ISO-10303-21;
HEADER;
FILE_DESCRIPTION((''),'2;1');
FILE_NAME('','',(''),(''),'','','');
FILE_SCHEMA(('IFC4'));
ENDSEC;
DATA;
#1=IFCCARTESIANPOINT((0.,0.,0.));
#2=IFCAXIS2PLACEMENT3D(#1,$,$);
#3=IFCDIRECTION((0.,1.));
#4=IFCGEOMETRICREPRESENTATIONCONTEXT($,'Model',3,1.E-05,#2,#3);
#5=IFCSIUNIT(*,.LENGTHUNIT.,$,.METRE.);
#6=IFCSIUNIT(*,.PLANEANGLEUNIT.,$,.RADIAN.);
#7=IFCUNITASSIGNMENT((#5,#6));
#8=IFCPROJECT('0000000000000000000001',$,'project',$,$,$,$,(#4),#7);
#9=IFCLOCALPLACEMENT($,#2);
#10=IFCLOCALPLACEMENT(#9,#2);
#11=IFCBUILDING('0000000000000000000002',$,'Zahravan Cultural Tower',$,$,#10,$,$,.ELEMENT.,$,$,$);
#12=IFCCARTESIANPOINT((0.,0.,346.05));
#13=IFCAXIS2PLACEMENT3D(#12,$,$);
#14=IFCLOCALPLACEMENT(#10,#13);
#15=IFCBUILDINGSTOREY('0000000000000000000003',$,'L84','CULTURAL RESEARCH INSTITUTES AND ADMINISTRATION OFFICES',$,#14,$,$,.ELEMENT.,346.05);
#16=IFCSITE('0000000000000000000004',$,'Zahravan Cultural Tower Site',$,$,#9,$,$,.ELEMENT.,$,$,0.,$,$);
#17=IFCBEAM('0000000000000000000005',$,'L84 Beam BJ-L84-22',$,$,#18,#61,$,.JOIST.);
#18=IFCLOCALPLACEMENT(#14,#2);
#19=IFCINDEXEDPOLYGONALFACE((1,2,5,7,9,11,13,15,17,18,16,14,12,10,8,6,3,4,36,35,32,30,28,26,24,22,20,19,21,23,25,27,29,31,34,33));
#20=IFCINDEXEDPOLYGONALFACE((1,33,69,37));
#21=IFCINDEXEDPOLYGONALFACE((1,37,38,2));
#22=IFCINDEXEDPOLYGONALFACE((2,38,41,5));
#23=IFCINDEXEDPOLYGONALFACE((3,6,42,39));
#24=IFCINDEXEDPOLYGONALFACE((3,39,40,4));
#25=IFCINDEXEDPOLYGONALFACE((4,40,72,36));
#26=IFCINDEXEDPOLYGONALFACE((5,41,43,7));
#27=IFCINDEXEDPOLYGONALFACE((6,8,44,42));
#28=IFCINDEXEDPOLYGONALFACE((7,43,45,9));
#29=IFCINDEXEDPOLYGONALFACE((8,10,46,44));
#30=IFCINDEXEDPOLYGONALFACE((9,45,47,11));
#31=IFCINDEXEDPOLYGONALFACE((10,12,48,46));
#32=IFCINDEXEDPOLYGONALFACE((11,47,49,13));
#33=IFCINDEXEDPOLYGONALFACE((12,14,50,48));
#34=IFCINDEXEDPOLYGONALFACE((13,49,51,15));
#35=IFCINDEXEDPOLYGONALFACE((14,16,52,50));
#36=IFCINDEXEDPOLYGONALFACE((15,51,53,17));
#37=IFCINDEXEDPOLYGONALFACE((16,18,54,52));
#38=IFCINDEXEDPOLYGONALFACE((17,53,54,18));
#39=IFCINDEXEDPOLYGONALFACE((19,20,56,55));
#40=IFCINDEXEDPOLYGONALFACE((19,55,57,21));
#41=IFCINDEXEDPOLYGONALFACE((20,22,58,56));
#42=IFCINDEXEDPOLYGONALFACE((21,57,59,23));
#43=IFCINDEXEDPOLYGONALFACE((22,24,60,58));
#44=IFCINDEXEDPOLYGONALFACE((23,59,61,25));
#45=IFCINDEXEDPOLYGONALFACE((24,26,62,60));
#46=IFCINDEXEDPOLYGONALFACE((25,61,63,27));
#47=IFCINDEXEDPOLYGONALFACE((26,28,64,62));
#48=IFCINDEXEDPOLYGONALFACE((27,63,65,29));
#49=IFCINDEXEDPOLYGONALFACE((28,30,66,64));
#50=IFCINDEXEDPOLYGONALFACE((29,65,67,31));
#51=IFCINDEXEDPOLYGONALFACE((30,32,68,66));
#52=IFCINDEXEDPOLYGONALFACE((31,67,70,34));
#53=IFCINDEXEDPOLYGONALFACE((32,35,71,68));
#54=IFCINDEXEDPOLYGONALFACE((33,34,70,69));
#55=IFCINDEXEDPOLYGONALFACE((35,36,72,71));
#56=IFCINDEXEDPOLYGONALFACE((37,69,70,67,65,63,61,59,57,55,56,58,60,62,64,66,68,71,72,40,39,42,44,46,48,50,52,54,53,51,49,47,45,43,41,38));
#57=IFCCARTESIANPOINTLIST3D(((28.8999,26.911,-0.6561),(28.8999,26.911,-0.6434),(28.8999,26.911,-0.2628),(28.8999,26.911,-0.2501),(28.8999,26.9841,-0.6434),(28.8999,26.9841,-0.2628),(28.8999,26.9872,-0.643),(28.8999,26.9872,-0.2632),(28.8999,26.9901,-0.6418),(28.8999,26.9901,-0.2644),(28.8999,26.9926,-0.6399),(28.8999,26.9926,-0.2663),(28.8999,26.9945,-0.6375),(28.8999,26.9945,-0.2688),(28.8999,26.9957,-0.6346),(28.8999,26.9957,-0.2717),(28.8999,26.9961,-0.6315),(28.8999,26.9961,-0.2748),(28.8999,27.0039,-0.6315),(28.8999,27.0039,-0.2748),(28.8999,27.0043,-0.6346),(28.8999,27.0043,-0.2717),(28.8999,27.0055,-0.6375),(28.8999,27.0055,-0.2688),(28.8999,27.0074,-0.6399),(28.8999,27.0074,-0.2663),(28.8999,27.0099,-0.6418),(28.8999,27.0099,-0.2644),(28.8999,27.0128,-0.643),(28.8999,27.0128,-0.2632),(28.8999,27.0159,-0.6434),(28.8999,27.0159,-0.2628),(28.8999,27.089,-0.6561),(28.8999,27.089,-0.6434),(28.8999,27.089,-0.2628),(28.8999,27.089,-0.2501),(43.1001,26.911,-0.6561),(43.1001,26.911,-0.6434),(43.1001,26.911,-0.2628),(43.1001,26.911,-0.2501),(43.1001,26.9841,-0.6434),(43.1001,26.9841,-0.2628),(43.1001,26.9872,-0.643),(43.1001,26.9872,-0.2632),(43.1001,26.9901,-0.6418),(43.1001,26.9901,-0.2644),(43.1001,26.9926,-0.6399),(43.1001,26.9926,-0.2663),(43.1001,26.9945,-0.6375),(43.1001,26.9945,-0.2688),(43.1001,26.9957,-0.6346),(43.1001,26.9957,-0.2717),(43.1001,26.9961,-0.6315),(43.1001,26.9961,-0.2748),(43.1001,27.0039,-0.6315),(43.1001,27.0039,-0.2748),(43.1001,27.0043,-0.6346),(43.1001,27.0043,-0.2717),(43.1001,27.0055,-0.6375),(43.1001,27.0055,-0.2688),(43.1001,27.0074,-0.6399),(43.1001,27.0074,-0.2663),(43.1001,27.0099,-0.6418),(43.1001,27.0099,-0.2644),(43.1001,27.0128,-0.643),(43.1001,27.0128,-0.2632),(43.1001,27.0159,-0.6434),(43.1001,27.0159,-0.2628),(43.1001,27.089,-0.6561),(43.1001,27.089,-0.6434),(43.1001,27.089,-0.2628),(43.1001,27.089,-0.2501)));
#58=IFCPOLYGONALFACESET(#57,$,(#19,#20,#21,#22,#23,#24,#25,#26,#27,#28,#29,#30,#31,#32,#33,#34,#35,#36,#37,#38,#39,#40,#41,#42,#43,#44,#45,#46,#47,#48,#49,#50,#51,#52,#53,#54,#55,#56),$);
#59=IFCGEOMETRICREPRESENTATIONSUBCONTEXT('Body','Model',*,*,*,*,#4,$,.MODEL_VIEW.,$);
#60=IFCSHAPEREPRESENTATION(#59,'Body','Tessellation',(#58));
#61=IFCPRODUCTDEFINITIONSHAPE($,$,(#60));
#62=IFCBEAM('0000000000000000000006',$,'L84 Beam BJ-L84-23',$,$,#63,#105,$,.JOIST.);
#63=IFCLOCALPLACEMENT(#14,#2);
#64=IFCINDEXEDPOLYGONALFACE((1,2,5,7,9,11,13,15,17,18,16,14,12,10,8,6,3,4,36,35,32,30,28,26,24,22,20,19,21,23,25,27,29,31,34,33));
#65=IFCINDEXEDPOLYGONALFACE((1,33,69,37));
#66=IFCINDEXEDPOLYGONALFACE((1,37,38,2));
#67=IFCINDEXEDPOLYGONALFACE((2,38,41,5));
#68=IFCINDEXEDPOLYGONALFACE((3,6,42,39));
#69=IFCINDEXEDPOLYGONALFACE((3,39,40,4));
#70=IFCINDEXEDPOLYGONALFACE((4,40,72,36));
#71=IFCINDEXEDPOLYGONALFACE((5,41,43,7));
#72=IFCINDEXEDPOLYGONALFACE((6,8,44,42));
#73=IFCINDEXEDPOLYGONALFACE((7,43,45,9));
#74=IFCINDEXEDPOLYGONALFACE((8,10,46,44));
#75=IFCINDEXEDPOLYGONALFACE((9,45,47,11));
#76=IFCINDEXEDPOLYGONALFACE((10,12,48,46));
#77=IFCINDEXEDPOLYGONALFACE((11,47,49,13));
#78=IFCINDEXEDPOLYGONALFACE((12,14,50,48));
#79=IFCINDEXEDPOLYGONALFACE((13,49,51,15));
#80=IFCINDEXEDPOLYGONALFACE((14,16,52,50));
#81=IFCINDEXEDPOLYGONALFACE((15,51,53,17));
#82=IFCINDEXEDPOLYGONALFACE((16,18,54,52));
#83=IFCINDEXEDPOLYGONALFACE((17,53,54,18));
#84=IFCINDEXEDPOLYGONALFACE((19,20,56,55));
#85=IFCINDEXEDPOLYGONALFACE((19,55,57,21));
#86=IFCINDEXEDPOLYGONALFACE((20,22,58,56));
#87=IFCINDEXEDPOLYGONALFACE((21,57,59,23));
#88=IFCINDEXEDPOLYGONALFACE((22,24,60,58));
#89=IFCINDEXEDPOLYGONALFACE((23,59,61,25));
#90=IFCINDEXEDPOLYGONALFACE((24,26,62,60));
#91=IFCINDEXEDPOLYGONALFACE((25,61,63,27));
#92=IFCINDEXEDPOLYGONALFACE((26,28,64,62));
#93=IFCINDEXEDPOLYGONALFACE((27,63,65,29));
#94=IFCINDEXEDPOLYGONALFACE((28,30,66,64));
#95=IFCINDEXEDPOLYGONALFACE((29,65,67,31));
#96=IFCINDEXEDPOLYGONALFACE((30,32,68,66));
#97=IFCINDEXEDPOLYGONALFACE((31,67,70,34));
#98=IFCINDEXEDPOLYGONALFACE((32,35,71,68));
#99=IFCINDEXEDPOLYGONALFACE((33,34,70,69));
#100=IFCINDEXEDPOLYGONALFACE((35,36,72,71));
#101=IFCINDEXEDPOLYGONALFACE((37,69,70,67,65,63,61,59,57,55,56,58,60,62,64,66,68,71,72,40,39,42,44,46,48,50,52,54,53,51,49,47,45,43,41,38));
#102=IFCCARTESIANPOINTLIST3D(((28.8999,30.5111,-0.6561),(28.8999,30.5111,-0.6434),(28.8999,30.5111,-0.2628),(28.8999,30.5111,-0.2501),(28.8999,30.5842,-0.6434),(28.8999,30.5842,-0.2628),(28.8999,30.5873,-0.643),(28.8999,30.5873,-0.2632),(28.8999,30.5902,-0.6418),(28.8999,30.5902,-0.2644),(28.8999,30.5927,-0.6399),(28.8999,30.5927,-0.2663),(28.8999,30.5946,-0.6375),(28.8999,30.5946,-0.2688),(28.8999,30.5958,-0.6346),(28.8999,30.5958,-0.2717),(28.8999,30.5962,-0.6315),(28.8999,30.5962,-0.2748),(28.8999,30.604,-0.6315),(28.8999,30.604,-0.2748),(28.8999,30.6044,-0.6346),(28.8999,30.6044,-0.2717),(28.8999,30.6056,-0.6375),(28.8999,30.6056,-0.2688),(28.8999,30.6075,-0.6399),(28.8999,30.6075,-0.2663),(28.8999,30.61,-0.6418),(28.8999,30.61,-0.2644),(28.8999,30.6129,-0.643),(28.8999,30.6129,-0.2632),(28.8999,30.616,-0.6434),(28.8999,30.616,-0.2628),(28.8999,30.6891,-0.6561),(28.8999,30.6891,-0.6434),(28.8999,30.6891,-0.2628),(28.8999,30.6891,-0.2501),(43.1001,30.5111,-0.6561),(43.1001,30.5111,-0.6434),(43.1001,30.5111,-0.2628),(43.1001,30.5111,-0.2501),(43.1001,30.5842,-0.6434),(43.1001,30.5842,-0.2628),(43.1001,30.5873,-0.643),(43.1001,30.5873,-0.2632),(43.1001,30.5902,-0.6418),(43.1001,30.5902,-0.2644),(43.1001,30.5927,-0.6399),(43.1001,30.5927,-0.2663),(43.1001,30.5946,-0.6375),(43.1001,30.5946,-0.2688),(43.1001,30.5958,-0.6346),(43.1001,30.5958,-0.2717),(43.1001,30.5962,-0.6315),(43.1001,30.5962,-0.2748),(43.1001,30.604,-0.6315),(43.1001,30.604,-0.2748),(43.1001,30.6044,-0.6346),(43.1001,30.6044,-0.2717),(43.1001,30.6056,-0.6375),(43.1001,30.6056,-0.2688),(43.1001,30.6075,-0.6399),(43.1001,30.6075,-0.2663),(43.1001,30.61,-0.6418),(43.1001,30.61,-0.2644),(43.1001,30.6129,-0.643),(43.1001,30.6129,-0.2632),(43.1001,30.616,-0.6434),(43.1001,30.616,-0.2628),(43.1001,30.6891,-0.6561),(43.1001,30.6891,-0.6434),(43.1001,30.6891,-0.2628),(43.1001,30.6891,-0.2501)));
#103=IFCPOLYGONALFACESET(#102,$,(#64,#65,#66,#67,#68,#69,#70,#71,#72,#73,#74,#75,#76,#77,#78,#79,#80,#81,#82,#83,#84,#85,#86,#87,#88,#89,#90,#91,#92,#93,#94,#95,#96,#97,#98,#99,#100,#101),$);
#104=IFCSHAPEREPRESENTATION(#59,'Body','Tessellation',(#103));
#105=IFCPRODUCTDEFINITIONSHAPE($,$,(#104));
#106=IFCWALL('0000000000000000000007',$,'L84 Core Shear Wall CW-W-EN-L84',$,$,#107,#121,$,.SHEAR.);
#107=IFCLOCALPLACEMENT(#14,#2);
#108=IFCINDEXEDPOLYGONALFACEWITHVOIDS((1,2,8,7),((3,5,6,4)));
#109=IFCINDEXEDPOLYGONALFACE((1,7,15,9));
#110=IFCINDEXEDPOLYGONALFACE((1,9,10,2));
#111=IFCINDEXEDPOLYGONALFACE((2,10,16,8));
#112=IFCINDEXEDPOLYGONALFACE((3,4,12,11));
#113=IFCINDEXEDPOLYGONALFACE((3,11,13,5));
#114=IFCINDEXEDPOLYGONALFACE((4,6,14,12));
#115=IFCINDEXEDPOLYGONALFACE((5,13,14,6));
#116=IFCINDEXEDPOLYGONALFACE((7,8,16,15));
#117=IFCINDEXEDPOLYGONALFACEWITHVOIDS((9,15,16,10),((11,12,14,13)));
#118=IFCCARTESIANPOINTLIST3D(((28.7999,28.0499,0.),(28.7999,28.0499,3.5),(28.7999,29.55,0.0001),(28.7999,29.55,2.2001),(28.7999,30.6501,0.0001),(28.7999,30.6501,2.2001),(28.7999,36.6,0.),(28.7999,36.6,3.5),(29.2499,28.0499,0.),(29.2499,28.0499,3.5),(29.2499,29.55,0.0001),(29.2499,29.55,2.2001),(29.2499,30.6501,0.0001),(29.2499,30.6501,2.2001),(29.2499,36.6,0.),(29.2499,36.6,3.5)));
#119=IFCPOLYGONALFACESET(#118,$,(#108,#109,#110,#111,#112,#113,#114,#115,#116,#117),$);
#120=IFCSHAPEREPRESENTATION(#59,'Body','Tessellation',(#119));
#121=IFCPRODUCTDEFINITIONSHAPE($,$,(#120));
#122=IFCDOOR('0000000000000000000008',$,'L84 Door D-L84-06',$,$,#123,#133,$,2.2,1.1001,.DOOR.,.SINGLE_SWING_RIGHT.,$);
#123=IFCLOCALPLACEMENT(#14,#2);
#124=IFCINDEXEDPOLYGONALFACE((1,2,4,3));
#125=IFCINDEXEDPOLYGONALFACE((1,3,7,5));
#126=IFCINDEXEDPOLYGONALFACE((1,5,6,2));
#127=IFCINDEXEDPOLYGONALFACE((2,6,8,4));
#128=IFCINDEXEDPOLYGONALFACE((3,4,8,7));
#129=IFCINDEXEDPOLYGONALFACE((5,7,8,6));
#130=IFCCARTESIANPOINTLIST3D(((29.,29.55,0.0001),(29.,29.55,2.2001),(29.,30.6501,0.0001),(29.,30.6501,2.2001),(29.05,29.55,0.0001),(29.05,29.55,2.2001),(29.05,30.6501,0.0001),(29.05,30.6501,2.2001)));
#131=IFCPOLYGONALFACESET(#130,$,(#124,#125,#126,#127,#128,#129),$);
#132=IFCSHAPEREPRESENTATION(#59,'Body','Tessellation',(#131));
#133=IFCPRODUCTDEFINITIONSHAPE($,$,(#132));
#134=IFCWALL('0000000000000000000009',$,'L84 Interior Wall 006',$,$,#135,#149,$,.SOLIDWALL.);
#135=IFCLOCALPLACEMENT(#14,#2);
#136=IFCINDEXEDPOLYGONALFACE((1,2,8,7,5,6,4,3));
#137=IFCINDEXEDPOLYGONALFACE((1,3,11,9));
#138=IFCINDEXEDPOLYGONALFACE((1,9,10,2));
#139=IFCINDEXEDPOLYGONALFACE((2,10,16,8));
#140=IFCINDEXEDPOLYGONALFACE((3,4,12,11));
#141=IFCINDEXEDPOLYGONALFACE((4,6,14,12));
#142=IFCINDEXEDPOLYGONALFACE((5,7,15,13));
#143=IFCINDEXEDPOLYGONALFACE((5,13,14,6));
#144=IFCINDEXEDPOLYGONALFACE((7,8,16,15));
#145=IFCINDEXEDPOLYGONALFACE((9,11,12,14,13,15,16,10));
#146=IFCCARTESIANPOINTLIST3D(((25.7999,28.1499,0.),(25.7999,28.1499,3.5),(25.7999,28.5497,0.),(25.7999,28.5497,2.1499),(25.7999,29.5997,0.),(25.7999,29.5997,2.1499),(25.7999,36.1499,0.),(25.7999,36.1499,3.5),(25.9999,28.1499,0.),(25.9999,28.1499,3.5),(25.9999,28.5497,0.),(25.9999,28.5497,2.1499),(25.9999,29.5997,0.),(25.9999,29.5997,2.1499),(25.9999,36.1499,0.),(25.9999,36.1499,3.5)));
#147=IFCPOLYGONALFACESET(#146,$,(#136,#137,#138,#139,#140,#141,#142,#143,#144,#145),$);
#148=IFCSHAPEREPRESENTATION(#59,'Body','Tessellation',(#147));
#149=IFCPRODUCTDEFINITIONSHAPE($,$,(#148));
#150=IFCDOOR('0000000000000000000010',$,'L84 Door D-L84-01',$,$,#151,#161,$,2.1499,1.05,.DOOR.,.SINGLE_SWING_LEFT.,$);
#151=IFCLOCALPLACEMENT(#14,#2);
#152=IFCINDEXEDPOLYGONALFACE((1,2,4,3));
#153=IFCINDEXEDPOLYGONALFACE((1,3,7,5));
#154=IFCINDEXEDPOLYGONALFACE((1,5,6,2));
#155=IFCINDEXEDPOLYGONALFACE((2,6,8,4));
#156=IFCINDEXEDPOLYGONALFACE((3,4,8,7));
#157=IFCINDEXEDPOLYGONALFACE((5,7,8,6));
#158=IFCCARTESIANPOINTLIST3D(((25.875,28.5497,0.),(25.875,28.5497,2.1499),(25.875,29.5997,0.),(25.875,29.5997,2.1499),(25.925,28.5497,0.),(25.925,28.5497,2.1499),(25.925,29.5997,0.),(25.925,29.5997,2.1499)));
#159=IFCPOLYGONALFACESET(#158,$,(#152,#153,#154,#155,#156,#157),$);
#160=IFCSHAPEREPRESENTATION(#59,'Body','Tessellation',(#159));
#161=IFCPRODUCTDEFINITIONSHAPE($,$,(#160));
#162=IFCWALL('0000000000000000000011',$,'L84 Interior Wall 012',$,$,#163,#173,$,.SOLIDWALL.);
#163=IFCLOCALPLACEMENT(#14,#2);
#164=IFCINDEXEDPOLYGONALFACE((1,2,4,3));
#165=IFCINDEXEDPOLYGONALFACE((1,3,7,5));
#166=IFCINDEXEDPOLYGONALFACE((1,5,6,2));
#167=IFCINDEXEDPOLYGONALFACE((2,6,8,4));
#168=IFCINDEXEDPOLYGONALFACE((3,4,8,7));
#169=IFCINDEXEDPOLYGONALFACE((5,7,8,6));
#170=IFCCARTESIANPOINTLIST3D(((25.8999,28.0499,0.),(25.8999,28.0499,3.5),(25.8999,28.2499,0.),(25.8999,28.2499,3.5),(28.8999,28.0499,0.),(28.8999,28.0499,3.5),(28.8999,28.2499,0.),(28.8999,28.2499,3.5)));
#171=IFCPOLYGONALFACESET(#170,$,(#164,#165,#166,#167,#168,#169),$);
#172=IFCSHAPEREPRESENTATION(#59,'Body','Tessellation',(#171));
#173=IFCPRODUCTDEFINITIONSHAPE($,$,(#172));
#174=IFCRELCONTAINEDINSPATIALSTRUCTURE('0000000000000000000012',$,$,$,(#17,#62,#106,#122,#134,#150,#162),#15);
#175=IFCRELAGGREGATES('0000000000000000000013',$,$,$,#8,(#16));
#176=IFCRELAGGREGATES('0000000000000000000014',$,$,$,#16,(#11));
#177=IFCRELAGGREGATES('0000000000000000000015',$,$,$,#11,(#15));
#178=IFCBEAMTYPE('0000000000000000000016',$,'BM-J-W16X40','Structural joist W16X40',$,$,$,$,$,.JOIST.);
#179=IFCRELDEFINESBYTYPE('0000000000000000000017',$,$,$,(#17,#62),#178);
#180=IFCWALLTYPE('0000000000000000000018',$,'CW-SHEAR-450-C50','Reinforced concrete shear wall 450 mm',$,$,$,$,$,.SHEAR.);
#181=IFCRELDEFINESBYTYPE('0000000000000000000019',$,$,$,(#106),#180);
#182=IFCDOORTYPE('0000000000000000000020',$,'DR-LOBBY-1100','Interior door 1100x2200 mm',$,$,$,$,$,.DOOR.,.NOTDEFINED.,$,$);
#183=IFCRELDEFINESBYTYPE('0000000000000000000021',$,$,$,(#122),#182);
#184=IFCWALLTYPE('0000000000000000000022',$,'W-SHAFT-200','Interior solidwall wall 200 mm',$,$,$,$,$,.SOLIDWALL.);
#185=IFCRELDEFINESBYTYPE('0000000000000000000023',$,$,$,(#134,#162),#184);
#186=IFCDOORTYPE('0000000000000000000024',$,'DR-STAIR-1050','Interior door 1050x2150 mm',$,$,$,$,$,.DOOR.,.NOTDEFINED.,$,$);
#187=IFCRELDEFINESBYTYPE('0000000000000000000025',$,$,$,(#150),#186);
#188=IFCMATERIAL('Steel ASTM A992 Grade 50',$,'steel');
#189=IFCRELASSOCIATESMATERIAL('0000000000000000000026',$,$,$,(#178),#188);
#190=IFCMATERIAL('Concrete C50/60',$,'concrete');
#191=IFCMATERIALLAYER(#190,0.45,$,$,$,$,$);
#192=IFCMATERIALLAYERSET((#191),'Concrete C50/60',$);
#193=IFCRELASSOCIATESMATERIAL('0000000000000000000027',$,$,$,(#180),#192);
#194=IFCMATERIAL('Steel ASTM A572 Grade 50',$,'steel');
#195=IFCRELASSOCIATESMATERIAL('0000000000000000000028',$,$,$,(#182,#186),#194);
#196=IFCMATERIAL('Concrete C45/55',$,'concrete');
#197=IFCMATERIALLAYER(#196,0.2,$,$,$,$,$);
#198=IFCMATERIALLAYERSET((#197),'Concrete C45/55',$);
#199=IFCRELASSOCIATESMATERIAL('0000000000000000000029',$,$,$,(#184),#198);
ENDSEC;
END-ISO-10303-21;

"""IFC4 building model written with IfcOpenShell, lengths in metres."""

from ifc_helpers import new_model, si_unit, direction, frame, frame_2d, origin, origin_2d, place, context, subcontext, project, spatial, rectangle, i_section, extrude, source, transform, mapped, material, layer, layer_set, material_profile, profile_set, type_object, element, fill, save


model = new_model("IFC4")

# Units and contexts
model_context = context("Model", 3, precision=1e-05, world=origin(), true_north=direction((0.0, 1.0)))
body_context = subcontext(model_context, "Body", "Model", "MODEL_VIEW")
ifc_project = project(units=[si_unit("LENGTHUNIT", "METRE"), si_unit("PLANEANGLEUNIT", "RADIAN")], contexts=[model_context])

# Site, building, storey
site_placement = place(None, origin())
site = spatial("IfcSite", under=ifc_project, at=site_placement, Name="Zahravan Cultural Tower Site", CompositionType="ELEMENT", RefElevation=0.0)
building_placement = place(site_placement, origin())
building = spatial("IfcBuilding", under=site, at=building_placement, Name="Zahravan Cultural Tower", CompositionType="ELEMENT")
storey_placement = place(building_placement, frame((0.0, 0.0, 346.05)))
storey = spatial("IfcBuildingStorey", under=building, at=storey_placement, Name="L84", Description="CULTURAL RESEARCH INSTITUTES AND ADMINISTRATION OFFICES", CompositionType="ELEMENT", Elevation=346.05)

# Beams
ifc_material_1 = material(Name="Steel ASTM A992 Grade 50", Category="steel")
ifc_material_profile = material_profile(ifc_material_1, i_section(OverallWidth=0.178, OverallDepth=0.406, WebThickness=0.0078, FlangeThickness=0.0127, FilletRadius=0.012, at=origin_2d()), Name="W16X40")
ifc_profile_set = profile_set([ifc_material_profile], Name="Steel ASTM A992 Grade 50")
beam_type = type_object("IfcBeamType", Name="BM-J-W16X40", Description="Structural joist W16X40", PredefinedType="JOIST", material=ifc_profile_set)
shared_shape_1 = source(origin(), body_context, "Body", "SweptSolid", [
    extrude(i_section(OverallWidth=0.178, OverallDepth=0.406, WebThickness=0.0078, FlangeThickness=0.0127, FilletRadius=0.012, at=origin_2d()), origin(), (0.0, 0.0, 1.0), 14.2002),
])
for number, where, z_axis, x_axis, name in (
    (1, (28.8999, 27.0, -0.4531), (1.0, 0.0, 0.0), (0.0, 1.0, 0.0), "L84 Beam BJ-L84-22"),
    (2, (28.8999, 30.6001, -0.4531), (1.0, 0.0, 0.0), (0.0, 1.0, 0.0), "L84 Beam BJ-L84-23"),
):
    element("IfcBeam", number, at=place(storey_placement, frame(where, z_axis=z_axis, x_axis=x_axis)), inside=storey, type_object=beam_type, Name=name, PredefinedType="JOIST", context=body_context, shape_type="MappedRepresentation", body=[
        mapped(shared_shape_1, transform((0.0, 0.0, 0.0), x_axis=(1.0, 0.0, 0.0), y_axis=(0.0, 1.0, 0.0), z_axis=(0.0, 0.0, 1.0), scale=1.0)),
    ])

# Walls, openings, doors
ifc_material_2 = material(Name="Concrete C50/60", Category="concrete")
ifc_layer_1 = layer(ifc_material_2, 0.45)
ifc_layer_set_1 = layer_set([ifc_layer_1], Name="Concrete C50/60")
wall_type_1 = type_object("IfcWallType", Name="CW-SHEAR-450-C50", Description="Reinforced concrete shear wall 450 mm", PredefinedType="SHEAR", material=ifc_layer_set_1)
wall_1_placement = place(storey_placement, frame((29.0249, 28.05, 0.0), z_axis=(0.0, 0.0, 1.0), x_axis=(0.0, 1.0, 0.0)))
wall_1 = element("IfcWall", 3, at=wall_1_placement, inside=storey, type_object=wall_type_1, Name="L84 Core Shear Wall CW-W-EN-L84", PredefinedType="SHEAR", context=body_context, shape_type="SweptSolid", body=[
    extrude(rectangle(XDim=8.55, YDim=0.45, at=frame_2d((4.2749, 0.0))), origin(), (0.0, 0.0, 1.0), 3.5),
])
opening_1_placement = place(wall_1_placement, frame((1.5, 0.0, 0.0)))
opening_1 = element("IfcOpeningElement", 4, at=opening_1_placement, cuts=wall_1, PredefinedType="OPENING", context=body_context, shape_type="SweptSolid", body=[
    extrude(rectangle(XDim=1.1001, YDim=2.2, at=frame_2d((0.55, 1.1001))), frame((0.0, 0.2349, 0.0), z_axis=(0.0, -1.0, 0.0), x_axis=(1.0, 0.0, 0.0)), (0.0, 0.0, 1.0), 0.47),
])
ifc_material_3 = material(Name="Steel ASTM A572 Grade 50", Category="steel")
door_type_1 = type_object("IfcDoorType", Name="DR-LOBBY-1100", Description="Interior door 1100x2200 mm", OperationType="NOTDEFINED", PredefinedType="DOOR", material=ifc_material_3)
shared_shape_2 = source(origin(), body_context, "Body", "SweptSolid", [
    extrude(rectangle(XDim=1.1001, YDim=2.2, at=frame_2d((0.55, 1.1001))), frame((0.0, 0.0249, 0.0), z_axis=(0.0, -1.0, 0.0), x_axis=(1.0, 0.0, 0.0)), (0.0, 0.0, 1.0), 0.05),
])
door_1_placement = place(opening_1_placement, origin())
door_1 = element("IfcDoor", 5, at=door_1_placement, inside=storey, type_object=door_type_1, Name="L84 Door D-L84-06", OperationType="SINGLE_SWING_RIGHT", OverallHeight=2.2, OverallWidth=1.1001, PredefinedType="DOOR", context=body_context, shape_type="MappedRepresentation", body=[
    mapped(shared_shape_2, transform((0.0, 0.0, 0.0), x_axis=(1.0, 0.0, 0.0), y_axis=(0.0, 1.0, 0.0), z_axis=(0.0, 0.0, 1.0), scale=1.0)),
])
fill(opening_1, door_1)
ifc_material_4 = material(Name="Concrete C45/55", Category="concrete")
ifc_layer_2 = layer(ifc_material_4, 0.2)
ifc_layer_set_2 = layer_set([ifc_layer_2], Name="Concrete C45/55")
wall_type_2 = type_object("IfcWallType", Name="W-SHAFT-200", Description="Interior solidwall wall 200 mm", PredefinedType="SOLIDWALL", material=ifc_layer_set_2)
wall_2_placement = place(storey_placement, frame((25.8999, 28.1499, 0.0), z_axis=(0.0, 0.0, 1.0), x_axis=(0.0, 1.0, 0.0)))
wall_2 = element("IfcWall", 6, at=wall_2_placement, inside=storey, type_object=wall_type_2, Name="L84 Interior Wall 006", PredefinedType="SOLIDWALL", context=body_context, shape_type="SweptSolid", body=[
    extrude(rectangle(XDim=8.0, YDim=0.2, at=frame_2d((4.0, 0.0))), origin(), (0.0, 0.0, 1.0), 3.5),
])
opening_2_placement = place(wall_2_placement, frame((0.3999, 0.0, 0.0)))
opening_2 = element("IfcOpeningElement", 7, at=opening_2_placement, cuts=wall_2, PredefinedType="OPENING", context=body_context, shape_type="SweptSolid", body=[
    extrude(rectangle(XDim=1.05, YDim=2.1499, at=frame_2d((0.5249, 1.075))), frame((0.0, 0.1099, 0.0), z_axis=(0.0, -1.0, 0.0), x_axis=(1.0, 0.0, 0.0)), (0.0, 0.0, 1.0), 0.22),
])
door_type_2 = type_object("IfcDoorType", Name="DR-STAIR-1050", Description="Interior door 1050x2150 mm", OperationType="NOTDEFINED", PredefinedType="DOOR", material=ifc_material_3)
shared_shape_3 = source(origin(), body_context, "Body", "SweptSolid", [
    extrude(rectangle(XDim=1.05, YDim=2.1499, at=frame_2d((0.5249, 1.075))), frame((0.0, 0.0249, 0.0), z_axis=(0.0, -1.0, 0.0), x_axis=(1.0, 0.0, 0.0)), (0.0, 0.0, 1.0), 0.05),
])
door_2_placement = place(opening_2_placement, origin())
door_2 = element("IfcDoor", 8, at=door_2_placement, inside=storey, type_object=door_type_2, Name="L84 Door D-L84-01", OperationType="SINGLE_SWING_LEFT", OverallHeight=2.1499, OverallWidth=1.05, PredefinedType="DOOR", context=body_context, shape_type="MappedRepresentation", body=[
    mapped(shared_shape_3, transform((0.0, 0.0, 0.0), x_axis=(1.0, 0.0, 0.0), y_axis=(0.0, 1.0, 0.0), z_axis=(0.0, 0.0, 1.0), scale=1.0)),
])
fill(opening_2, door_2)

# Wall
shared_shape_4 = source(origin(), body_context, "Body", "SweptSolid", [
    extrude(rectangle(XDim=3.0, YDim=0.2, at=frame_2d((1.5, 0.0))), origin(), (0.0, 0.0, 1.0), 3.5),
])
wall_3_placement = place(storey_placement, frame((25.8999, 28.1499, 0.0), z_axis=(0.0, 0.0, 1.0), x_axis=(1.0, 0.0, 0.0)))
element("IfcWall", 9, at=wall_3_placement, inside=storey, type_object=wall_type_2, Name="L84 Interior Wall 012", PredefinedType="SOLIDWALL", context=body_context, shape_type="MappedRepresentation", body=[
    mapped(shared_shape_4, transform((0.0, 0.0, 0.0), x_axis=(1.0, 0.0, 0.0), y_axis=(0.0, 1.0, 0.0), z_axis=(0.0, 0.0, 1.0), scale=1.0)),
])

save(model, "model.ifc")
